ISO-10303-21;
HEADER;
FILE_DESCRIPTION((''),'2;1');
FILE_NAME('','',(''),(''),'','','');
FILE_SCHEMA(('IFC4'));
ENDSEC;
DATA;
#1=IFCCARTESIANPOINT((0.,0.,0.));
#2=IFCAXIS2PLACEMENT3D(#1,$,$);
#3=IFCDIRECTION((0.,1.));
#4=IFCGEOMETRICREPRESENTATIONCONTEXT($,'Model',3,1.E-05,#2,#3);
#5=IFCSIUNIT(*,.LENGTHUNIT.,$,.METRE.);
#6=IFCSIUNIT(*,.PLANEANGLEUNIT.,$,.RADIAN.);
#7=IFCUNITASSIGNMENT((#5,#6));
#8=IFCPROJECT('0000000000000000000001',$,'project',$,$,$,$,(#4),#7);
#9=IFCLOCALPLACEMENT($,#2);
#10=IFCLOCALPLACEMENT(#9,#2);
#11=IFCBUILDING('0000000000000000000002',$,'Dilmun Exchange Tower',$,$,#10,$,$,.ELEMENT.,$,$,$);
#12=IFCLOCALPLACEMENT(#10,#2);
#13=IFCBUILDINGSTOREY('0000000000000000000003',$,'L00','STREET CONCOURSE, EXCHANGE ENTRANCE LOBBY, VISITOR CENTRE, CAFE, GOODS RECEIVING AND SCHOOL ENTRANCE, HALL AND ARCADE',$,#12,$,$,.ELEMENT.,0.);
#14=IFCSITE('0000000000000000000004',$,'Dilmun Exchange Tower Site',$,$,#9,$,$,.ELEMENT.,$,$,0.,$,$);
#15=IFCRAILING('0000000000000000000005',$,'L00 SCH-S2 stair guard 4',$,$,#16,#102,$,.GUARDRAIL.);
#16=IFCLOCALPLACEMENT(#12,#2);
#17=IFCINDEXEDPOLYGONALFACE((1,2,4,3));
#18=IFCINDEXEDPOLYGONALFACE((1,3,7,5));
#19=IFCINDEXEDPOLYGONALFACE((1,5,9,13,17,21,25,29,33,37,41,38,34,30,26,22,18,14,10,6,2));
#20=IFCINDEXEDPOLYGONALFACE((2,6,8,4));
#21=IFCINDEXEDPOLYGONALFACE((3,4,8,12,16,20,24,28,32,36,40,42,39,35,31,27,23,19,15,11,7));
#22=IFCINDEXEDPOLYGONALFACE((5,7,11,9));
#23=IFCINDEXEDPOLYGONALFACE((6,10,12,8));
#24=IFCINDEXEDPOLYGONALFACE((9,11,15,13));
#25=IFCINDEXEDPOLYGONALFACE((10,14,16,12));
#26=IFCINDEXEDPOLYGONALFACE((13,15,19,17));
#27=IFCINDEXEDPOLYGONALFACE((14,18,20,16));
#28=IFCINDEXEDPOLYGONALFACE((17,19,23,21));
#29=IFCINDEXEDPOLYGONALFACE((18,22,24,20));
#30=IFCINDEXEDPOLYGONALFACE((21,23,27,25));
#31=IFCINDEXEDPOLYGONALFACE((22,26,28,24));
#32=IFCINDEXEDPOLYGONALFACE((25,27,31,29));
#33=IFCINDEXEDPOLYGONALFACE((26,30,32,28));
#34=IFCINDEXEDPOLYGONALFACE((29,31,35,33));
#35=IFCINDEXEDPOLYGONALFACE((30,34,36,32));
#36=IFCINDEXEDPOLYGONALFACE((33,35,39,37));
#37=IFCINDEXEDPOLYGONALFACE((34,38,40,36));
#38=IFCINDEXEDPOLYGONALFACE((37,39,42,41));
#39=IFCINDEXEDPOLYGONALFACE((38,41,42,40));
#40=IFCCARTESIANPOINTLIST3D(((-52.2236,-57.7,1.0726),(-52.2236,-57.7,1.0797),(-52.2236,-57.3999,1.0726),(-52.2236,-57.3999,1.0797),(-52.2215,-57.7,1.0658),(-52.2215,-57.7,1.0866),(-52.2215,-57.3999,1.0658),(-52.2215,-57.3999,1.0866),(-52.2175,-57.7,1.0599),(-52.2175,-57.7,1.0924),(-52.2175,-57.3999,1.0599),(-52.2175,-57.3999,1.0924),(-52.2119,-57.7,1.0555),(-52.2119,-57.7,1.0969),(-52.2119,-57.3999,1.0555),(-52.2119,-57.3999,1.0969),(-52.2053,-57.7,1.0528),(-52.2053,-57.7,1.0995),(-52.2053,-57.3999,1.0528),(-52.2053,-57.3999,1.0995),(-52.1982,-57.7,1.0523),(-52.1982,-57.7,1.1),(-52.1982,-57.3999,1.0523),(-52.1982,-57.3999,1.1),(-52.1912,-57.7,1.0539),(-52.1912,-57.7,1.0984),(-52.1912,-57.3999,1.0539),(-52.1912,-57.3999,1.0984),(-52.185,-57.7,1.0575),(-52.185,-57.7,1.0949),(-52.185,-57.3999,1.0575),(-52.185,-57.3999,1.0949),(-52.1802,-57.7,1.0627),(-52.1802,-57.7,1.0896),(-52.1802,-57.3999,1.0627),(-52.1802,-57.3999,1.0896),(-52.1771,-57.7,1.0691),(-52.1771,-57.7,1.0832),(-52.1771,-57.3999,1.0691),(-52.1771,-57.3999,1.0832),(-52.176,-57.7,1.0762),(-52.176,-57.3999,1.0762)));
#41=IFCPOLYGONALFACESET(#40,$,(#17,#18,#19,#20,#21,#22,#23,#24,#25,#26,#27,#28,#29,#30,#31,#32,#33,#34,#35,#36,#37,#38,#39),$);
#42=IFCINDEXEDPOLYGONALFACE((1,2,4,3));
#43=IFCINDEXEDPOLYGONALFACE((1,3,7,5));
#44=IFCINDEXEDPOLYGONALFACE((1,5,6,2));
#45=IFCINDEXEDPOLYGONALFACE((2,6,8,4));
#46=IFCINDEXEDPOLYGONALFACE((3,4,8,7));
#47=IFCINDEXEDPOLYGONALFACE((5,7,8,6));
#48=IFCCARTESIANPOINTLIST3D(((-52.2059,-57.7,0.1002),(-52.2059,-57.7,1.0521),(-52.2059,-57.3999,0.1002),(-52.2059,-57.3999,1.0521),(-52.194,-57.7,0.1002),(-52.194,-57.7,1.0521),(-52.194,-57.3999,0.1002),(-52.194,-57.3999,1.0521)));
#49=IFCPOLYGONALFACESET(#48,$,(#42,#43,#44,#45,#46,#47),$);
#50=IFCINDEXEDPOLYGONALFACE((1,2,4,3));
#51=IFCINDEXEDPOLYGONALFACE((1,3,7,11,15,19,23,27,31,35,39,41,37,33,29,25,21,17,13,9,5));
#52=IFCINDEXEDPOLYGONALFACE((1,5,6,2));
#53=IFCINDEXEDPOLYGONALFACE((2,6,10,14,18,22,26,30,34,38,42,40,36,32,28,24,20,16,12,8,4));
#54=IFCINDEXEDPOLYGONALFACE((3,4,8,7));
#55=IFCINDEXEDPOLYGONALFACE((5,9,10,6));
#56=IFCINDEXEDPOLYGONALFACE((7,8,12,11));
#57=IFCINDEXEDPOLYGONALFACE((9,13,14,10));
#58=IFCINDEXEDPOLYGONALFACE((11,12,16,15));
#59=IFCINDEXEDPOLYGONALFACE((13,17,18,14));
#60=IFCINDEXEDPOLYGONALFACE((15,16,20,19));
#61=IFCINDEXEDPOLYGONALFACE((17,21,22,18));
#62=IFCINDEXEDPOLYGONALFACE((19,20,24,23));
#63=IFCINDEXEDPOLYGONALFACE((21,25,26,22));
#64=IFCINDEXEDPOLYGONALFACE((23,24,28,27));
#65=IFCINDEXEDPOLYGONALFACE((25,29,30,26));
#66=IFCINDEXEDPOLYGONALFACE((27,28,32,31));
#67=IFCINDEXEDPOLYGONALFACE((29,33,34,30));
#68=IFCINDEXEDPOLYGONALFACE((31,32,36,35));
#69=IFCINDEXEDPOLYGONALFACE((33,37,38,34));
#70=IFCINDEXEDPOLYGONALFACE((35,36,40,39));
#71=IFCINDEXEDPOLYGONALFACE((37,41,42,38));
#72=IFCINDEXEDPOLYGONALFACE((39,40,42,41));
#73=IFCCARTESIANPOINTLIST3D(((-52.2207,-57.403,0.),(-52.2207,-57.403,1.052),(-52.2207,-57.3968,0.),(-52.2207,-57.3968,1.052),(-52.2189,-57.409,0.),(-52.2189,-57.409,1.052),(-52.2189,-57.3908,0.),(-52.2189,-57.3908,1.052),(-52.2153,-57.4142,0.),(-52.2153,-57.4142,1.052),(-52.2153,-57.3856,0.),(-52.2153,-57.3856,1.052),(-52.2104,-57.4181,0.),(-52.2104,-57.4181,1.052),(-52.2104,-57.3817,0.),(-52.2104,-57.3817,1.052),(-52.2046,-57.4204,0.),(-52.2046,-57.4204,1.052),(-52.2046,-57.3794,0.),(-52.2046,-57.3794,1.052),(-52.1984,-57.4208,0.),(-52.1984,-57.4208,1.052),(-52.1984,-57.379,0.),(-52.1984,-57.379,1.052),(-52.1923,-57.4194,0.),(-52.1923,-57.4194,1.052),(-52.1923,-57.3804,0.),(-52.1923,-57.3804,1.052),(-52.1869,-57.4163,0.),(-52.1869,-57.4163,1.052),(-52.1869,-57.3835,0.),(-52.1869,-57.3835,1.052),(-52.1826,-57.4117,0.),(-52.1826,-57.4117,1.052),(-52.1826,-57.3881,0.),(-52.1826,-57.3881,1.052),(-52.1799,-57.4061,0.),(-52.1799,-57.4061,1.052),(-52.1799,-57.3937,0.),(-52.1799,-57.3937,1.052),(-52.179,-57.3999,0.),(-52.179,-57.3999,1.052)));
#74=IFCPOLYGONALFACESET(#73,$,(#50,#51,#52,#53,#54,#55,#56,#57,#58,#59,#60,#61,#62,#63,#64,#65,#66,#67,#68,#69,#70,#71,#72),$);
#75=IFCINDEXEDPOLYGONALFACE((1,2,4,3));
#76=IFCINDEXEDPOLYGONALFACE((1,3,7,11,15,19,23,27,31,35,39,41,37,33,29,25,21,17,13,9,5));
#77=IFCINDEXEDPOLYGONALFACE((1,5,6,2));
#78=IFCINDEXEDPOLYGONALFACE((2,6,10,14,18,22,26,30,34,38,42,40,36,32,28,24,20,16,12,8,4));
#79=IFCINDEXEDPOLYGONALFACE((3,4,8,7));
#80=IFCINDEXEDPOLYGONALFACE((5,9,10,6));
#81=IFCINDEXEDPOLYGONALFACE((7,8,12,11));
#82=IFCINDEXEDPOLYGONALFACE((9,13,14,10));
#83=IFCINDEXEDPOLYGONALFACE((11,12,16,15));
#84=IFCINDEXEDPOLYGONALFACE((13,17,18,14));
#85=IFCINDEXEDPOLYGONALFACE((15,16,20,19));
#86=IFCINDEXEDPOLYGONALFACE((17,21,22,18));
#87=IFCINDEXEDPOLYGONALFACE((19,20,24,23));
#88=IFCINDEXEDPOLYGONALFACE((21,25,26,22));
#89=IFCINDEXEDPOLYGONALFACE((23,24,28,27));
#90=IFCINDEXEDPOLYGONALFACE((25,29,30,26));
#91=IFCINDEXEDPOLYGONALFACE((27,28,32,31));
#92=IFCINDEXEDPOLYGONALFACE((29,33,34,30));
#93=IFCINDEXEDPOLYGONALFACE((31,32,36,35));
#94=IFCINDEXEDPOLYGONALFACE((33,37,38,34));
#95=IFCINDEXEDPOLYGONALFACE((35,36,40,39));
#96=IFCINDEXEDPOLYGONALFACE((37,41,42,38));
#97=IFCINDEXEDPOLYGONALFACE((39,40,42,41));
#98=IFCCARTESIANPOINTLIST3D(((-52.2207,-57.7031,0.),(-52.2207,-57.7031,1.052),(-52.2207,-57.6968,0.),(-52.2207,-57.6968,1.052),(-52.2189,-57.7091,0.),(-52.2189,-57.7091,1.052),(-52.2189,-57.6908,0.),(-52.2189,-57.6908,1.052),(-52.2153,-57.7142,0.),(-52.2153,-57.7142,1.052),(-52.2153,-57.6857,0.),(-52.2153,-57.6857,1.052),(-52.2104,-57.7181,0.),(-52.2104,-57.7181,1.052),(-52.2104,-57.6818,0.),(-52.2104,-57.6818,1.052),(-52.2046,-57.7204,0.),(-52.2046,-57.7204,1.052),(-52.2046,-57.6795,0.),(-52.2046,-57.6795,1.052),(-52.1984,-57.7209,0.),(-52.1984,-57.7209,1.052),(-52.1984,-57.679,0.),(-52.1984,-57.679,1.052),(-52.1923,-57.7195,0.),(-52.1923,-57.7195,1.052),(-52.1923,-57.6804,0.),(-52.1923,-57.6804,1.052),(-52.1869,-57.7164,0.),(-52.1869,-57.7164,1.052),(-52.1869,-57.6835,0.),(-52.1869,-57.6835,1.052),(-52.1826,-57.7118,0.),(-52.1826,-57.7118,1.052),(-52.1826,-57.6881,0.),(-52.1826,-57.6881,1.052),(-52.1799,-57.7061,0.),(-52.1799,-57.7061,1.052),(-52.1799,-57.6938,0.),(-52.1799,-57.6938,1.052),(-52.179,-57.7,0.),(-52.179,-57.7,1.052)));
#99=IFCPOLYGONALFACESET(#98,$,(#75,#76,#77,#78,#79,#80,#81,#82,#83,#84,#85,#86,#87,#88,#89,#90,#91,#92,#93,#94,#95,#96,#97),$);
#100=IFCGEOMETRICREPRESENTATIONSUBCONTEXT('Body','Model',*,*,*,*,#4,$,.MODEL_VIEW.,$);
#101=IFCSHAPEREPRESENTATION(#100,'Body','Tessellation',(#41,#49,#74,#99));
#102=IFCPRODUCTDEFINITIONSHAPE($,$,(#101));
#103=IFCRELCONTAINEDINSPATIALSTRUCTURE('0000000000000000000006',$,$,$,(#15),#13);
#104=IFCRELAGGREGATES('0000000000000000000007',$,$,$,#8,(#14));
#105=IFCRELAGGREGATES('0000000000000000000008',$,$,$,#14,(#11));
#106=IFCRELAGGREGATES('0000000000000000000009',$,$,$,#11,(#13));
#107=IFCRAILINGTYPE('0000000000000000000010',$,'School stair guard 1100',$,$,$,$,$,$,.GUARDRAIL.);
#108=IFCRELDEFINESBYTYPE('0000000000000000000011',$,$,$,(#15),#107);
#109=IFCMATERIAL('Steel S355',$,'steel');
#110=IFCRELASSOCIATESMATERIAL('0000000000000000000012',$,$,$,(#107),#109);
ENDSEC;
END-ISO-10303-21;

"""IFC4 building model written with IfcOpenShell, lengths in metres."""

from ifc_helpers import new_model, si_unit, direction, frame, origin, origin_2d, place, context, subcontext, project, spatial, rectangle, circle, extrude, material, type_object, element, save


model = new_model("IFC4")

# Units and contexts
model_context = context("Model", 3, precision=1e-05, world=origin(), true_north=direction((0.0, 1.0)))
body_context = subcontext(model_context, "Body", "Model", "MODEL_VIEW")
ifc_project = project(units=[si_unit("LENGTHUNIT", "METRE"), si_unit("PLANEANGLEUNIT", "RADIAN")], contexts=[model_context])

# Site, building, storey
site_placement = place(None, origin())
site = spatial("IfcSite", under=ifc_project, at=site_placement, Name="Dilmun Exchange Tower Site", CompositionType="ELEMENT", RefElevation=0.0)
building_placement = place(site_placement, origin())
building = spatial("IfcBuilding", under=site, at=building_placement, Name="Dilmun Exchange Tower", CompositionType="ELEMENT")
storey_placement = place(building_placement, origin())
storey = spatial("IfcBuildingStorey", under=building, at=storey_placement, Name="L00", Description="STREET CONCOURSE, EXCHANGE ENTRANCE LOBBY, VISITOR CENTRE, CAFE, GOODS RECEIVING AND SCHOOL ENTRANCE, HALL AND ARCADE", CompositionType="ELEMENT", Elevation=0.0)

# Railing
ifc_material_1 = material(Name="Steel S355", Category="steel")
railing_type_1 = type_object("IfcRailingType", Name="School stair guard 1100", PredefinedType="GUARDRAIL", material=ifc_material_1)
railing_1_placement = place(storey_placement, frame((-52.2, -57.3999, 0.0)))
element("IfcRailing", 1, at=railing_1_placement, inside=storey, type_object=railing_type_1, Name="L00 SCH-S2 stair guard 4", PredefinedType="GUARDRAIL", context=body_context, shape_type="SweptSolid", body=[
    extrude(circle(Radius=0.0239, at=origin_2d()), frame((0.0, 0.0, 1.0762), z_axis=(0.0, -1.0, 0.0), x_axis=(1.0, 0.0, 0.0)), (0.0, 0.0, 1.0), 0.3),
    extrude(rectangle(XDim=0.012, YDim=0.9519, at=origin_2d()), frame((0.0, 0.0, 0.5762), z_axis=(0.0, -1.0, 0.0), x_axis=(1.0, 0.0, 0.0)), (0.0, 0.0, 1.0), 0.3),
    extrude(circle(Radius=0.021, at=origin_2d()), origin(), (0.0, 0.0, 1.0), 1.052),
    extrude(circle(Radius=0.021, at=origin_2d()), frame((0.0, -0.3, 0.0)), (0.0, 0.0, 1.0), 1.052),
])

save(model, "model.ifc")
